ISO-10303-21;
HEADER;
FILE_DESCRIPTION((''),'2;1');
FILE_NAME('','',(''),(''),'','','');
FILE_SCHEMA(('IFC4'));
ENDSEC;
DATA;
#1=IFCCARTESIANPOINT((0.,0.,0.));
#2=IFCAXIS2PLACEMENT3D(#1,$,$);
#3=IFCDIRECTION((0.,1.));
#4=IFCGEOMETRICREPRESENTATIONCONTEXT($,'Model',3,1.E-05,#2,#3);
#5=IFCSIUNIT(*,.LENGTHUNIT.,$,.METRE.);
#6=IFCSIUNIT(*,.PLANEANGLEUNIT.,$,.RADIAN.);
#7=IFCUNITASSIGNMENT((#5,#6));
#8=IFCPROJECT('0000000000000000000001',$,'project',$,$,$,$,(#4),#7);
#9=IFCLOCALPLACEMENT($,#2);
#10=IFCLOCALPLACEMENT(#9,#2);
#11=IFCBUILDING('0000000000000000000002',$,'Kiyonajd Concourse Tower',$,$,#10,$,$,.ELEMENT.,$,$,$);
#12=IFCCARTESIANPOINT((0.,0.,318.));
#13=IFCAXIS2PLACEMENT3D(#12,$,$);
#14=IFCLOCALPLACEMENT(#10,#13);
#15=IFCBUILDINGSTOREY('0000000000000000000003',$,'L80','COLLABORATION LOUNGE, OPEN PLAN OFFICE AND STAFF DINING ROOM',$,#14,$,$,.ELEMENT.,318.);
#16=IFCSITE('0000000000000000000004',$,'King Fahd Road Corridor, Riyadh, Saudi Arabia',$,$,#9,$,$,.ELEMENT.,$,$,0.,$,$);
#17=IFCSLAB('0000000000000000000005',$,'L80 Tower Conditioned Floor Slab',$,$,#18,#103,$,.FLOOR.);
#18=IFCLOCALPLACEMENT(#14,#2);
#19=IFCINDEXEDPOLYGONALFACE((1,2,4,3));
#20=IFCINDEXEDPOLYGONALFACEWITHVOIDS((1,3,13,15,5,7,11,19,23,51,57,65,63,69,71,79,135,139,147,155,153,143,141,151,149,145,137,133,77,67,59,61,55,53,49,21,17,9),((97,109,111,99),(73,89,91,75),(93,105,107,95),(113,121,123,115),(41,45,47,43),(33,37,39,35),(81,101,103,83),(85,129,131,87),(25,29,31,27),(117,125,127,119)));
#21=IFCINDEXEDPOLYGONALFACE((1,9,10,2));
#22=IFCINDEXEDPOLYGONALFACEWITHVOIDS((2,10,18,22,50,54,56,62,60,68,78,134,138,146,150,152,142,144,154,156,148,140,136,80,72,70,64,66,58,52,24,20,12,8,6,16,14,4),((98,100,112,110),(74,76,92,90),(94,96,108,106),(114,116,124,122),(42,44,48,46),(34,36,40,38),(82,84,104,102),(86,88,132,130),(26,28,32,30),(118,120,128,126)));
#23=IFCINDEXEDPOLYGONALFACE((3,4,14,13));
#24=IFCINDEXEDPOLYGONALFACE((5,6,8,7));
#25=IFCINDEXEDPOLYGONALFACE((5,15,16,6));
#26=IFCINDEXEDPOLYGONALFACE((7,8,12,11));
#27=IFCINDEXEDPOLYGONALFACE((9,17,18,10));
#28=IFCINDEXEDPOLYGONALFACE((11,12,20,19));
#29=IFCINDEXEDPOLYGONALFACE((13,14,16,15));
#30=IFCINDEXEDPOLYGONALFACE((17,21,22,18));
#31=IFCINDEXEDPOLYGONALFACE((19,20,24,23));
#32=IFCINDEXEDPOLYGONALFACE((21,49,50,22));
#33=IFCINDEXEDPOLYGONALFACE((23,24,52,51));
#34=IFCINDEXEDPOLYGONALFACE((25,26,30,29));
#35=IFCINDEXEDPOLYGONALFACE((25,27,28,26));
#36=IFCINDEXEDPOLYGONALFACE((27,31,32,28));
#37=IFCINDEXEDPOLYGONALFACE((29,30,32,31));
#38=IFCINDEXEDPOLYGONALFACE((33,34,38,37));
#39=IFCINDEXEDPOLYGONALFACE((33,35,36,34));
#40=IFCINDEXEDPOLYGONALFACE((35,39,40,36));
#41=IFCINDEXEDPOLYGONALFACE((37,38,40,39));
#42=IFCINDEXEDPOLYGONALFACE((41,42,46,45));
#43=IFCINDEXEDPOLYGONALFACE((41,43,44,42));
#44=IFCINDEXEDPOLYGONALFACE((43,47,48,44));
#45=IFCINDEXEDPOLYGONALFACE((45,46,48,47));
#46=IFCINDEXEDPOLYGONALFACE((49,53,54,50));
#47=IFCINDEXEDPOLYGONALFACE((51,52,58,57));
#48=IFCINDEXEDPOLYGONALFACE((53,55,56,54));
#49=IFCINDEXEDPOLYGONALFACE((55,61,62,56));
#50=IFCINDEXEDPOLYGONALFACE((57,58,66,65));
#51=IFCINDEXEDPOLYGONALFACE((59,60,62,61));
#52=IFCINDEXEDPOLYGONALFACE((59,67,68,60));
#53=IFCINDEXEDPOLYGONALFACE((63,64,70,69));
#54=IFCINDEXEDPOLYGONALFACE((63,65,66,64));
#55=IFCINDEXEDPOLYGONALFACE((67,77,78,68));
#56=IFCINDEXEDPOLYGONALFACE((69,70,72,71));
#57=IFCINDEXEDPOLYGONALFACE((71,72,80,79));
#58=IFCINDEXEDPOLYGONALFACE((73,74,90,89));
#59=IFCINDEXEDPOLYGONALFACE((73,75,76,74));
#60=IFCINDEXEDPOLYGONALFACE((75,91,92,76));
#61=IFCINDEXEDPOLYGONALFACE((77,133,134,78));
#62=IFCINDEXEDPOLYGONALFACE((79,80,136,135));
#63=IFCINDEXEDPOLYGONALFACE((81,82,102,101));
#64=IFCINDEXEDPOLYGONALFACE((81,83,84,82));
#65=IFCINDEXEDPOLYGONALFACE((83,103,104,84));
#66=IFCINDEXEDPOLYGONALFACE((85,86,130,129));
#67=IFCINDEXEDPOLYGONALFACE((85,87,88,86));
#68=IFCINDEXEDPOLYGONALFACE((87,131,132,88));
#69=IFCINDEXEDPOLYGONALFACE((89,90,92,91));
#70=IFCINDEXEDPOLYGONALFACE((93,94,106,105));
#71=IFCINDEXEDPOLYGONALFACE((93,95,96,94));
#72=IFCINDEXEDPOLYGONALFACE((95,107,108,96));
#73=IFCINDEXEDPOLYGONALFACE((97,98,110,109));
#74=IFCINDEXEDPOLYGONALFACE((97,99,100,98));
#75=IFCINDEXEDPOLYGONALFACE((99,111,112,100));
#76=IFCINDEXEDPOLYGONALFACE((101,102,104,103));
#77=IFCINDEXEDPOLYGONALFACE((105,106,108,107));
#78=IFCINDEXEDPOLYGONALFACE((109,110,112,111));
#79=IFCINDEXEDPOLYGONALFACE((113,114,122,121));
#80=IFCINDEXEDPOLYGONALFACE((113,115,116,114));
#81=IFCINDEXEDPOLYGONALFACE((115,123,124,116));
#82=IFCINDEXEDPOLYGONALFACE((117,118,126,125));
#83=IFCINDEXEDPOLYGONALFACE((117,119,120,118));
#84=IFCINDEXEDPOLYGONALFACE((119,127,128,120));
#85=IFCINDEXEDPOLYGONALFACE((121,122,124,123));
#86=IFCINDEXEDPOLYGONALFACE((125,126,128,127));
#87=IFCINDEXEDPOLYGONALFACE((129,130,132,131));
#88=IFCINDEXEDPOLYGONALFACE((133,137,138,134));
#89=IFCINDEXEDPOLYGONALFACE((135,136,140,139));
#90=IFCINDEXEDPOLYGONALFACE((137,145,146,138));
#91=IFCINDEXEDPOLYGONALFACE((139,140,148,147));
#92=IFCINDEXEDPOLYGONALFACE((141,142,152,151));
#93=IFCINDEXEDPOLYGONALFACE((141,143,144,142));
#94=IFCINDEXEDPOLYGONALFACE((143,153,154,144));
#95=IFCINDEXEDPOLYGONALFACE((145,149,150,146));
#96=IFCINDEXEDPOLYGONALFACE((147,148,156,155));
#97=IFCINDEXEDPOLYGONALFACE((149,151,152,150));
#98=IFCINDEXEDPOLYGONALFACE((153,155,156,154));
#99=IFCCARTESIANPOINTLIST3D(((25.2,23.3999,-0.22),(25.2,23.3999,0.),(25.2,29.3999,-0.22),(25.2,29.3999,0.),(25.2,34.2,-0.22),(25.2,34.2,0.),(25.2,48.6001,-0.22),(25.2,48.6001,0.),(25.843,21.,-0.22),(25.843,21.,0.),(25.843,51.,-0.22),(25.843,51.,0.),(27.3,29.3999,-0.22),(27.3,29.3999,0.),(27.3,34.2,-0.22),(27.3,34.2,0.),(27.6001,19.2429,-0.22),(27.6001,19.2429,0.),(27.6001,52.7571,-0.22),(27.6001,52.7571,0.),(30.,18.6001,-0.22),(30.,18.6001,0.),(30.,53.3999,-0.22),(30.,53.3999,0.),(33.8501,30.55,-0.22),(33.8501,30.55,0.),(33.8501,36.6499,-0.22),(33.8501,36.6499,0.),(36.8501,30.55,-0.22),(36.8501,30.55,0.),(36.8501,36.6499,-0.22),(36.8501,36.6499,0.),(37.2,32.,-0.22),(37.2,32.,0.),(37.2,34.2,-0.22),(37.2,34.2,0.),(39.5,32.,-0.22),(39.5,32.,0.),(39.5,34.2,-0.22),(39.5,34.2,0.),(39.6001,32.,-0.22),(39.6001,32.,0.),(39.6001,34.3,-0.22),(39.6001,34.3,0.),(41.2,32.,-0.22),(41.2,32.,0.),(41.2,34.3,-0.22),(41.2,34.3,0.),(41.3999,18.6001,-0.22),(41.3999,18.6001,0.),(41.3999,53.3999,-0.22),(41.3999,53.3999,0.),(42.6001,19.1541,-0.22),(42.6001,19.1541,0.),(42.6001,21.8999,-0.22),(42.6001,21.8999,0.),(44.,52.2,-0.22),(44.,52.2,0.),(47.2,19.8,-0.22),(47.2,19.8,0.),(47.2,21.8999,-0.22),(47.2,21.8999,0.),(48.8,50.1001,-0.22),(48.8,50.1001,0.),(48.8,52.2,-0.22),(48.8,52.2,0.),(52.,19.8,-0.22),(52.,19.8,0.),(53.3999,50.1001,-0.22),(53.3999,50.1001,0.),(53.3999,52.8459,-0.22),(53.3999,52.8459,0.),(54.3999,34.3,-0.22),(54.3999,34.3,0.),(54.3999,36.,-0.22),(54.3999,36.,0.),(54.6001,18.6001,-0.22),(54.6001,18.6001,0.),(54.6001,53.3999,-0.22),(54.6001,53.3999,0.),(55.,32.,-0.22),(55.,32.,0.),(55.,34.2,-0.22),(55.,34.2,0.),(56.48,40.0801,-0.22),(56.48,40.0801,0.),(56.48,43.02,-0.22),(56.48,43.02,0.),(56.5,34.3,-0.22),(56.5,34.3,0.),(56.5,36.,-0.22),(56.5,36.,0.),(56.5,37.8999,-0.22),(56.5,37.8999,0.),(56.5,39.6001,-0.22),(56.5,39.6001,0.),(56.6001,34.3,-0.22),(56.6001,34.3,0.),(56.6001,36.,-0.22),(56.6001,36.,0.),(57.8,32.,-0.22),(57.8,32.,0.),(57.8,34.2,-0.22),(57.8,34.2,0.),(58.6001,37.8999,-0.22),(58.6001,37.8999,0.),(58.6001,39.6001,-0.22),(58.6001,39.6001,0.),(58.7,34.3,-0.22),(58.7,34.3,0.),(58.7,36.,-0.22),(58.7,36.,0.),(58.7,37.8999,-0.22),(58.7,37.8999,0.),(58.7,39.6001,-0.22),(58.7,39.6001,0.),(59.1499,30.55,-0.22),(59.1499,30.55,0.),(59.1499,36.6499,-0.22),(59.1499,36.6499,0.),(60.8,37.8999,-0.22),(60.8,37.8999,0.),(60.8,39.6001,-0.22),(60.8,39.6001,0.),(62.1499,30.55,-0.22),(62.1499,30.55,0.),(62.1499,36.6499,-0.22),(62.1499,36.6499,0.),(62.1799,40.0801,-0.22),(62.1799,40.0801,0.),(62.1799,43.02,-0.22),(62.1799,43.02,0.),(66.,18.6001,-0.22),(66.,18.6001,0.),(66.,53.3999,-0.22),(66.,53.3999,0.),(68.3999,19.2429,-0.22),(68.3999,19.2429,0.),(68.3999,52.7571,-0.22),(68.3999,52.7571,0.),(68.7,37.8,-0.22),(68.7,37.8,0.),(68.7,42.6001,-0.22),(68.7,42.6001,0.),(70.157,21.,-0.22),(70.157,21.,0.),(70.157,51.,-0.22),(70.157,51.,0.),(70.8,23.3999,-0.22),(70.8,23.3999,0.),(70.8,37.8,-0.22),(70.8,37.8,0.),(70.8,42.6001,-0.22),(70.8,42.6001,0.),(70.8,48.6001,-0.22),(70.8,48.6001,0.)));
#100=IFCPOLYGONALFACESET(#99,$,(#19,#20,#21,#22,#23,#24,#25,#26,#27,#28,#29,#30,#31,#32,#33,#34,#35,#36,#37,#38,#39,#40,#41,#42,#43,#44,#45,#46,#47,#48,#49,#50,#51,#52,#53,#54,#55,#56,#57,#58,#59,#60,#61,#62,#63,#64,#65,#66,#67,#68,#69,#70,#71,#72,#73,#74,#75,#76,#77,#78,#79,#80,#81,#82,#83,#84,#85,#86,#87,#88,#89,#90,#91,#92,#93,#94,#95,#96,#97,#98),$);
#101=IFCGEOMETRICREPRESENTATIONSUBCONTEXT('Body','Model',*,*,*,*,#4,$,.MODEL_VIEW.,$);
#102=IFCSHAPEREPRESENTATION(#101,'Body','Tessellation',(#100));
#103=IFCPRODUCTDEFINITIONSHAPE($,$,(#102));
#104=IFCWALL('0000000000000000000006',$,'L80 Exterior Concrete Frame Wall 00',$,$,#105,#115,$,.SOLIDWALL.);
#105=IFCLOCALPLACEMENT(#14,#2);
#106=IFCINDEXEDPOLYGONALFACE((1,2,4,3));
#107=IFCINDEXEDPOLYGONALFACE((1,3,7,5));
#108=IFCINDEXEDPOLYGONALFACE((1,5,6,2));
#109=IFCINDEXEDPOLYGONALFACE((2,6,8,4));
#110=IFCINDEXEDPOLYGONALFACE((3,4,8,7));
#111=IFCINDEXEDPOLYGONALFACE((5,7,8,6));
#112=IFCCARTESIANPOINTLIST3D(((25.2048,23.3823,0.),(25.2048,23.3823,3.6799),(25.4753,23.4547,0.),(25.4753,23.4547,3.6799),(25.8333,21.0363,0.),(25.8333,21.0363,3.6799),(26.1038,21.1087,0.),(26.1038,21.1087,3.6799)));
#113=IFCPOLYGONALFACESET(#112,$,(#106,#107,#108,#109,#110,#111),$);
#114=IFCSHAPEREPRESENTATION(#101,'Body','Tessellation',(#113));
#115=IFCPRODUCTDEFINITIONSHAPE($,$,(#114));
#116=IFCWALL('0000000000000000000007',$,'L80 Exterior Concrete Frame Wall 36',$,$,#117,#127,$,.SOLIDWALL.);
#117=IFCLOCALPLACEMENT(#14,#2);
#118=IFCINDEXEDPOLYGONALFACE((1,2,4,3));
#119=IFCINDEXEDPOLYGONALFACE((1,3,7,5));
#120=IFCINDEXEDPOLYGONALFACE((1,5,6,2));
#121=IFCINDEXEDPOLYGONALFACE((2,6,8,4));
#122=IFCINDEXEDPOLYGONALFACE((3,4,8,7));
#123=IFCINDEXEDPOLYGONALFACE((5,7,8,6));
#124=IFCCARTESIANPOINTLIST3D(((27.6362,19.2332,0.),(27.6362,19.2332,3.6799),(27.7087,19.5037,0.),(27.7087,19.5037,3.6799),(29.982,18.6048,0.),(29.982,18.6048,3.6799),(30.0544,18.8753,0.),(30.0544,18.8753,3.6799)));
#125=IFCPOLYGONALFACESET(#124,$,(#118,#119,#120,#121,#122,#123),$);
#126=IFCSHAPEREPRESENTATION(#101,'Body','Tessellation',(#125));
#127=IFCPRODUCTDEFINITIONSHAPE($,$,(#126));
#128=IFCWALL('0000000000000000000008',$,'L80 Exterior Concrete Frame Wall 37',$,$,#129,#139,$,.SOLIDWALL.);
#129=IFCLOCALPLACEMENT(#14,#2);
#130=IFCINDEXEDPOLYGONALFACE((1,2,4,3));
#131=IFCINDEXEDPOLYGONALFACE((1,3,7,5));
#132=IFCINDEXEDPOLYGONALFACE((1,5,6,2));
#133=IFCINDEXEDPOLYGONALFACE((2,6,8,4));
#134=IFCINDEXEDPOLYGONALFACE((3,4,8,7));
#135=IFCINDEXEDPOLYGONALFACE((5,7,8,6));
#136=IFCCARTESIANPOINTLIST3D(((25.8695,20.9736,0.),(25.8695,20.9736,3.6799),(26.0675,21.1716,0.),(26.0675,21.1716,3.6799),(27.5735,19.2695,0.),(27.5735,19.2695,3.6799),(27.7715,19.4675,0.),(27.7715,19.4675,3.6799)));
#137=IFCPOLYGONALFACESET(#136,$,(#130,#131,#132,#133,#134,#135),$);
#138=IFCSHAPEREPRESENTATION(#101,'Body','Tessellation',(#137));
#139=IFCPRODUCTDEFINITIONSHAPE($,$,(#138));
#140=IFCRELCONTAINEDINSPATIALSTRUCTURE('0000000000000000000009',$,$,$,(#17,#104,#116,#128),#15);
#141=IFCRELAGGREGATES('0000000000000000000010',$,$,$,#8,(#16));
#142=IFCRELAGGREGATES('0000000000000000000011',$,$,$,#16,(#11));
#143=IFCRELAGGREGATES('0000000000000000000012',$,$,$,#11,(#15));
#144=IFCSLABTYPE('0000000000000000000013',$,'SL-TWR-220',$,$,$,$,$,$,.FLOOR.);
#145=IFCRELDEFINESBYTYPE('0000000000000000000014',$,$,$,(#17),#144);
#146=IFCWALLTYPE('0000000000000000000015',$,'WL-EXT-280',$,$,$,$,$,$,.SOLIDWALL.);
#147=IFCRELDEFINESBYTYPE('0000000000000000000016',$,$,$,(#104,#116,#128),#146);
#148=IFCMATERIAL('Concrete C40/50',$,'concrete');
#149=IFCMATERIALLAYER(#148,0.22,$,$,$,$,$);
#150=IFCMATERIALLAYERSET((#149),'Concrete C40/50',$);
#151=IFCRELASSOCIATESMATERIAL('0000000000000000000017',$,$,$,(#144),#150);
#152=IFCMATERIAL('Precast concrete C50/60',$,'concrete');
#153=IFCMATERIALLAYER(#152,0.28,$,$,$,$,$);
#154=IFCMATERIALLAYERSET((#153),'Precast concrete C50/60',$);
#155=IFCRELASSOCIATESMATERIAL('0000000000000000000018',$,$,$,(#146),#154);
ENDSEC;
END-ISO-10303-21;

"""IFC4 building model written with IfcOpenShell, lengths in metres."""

from ifc_helpers import new_model, si_unit, direction, frame, frame_2d, origin, place, context, subcontext, project, spatial, polyline, rectangle, outline, extrude, material, layer, layer_set, type_object, element, save


model = new_model("IFC4")

# Units and contexts
model_context = context("Model", 3, precision=1e-05, world=origin(), true_north=direction((0.0, 1.0)))
body_context = subcontext(model_context, "Body", "Model", "MODEL_VIEW")
ifc_project = project(units=[si_unit("LENGTHUNIT", "METRE"), si_unit("PLANEANGLEUNIT", "RADIAN")], contexts=[model_context])

# Site, building, storey
site_placement = place(None, origin())
site = spatial("IfcSite", under=ifc_project, at=site_placement, Name="King Fahd Road Corridor, Riyadh, Saudi Arabia", CompositionType="ELEMENT", RefElevation=0.0)
building_placement = place(site_placement, origin())
building = spatial("IfcBuilding", under=site, at=building_placement, Name="Kiyonajd Concourse Tower", CompositionType="ELEMENT")
storey_placement = place(building_placement, frame((0.0, 0.0, 318.0)))
storey = spatial("IfcBuildingStorey", under=building, at=storey_placement, Name="L80", Description="COLLABORATION LOUNGE, OPEN PLAN OFFICE AND STAFF DINING ROOM", CompositionType="ELEMENT", Elevation=318.0)

# Shared definitions
ifc_material_1 = material(Name="Concrete C40/50", Category="concrete")

# Slab
ifc_material_2 = material(Name="Precast concrete C50/60", Category="concrete")
ifc_layer_1 = layer(ifc_material_1, 0.22)
ifc_layer_set_1 = layer_set([ifc_layer_1], Name="Concrete C40/50")
slab_type_1 = type_object("IfcSlabType", Name="SL-TWR-220", PredefinedType="FLOOR", material=ifc_layer_set_1)
slab_1_placement = place(storey_placement, frame((0.0, 0.0, -0.22)))
element("IfcSlab", 1, at=slab_1_placement, inside=storey, type_object=slab_type_1, Name="L80 Tower Conditioned Floor Slab", PredefinedType="FLOOR", context=body_context, shape_type="SweptSolid", body=[
    extrude(outline(polyline([(25.843, 21.0), (25.2, 23.3999), (25.2, 29.3999), (27.3, 29.3999), (27.3, 34.2), (25.2, 34.2), (25.2, 48.6001), (25.843, 51.0), (27.6001, 52.7571), (30.0, 53.3999), (41.3999, 53.3999), (44.0, 52.2), (48.8, 52.2), (48.8, 50.1001), (53.3999, 50.1001), (53.3999, 52.8459), (54.6001, 53.3999), (66.0, 53.3999), (68.3999, 52.7571), (70.157, 51.0), (70.8, 48.6001), (70.8, 42.6001), (68.7, 42.6001), (68.7, 37.8), (70.8, 37.8), (70.8, 23.3999), (70.157, 21.0), (68.3999, 19.2429), (66.0, 18.6001), (54.6001, 18.6001), (52.0, 19.8), (47.2, 19.8), (47.2, 21.8999), (42.6001, 21.8999), (42.6001, 19.1541), (41.3999, 18.6001), (30.0, 18.6001), (27.6001, 19.2429), (25.843, 21.0)]), holes=[polyline([(39.5, 32.0), (37.2, 32.0), (37.2, 34.2), (39.5, 34.2), (39.5, 32.0)]), polyline([(57.8, 32.0), (55.0, 32.0), (55.0, 34.2), (57.8, 34.2), (57.8, 32.0)]), polyline([(41.2, 32.0), (39.6001, 32.0), (39.6001, 34.3), (41.2, 34.3), (41.2, 32.0)]), polyline([(33.8501, 30.55), (33.8501, 36.6499), (36.8501, 36.6499), (36.8501, 30.55), (33.8501, 30.55)]), polyline([(59.1499, 30.55), (59.1499, 36.6499), (62.1499, 36.6499), (62.1499, 30.55), (59.1499, 30.55)]), polyline([(56.5, 34.3), (54.3999, 34.3), (54.3999, 36.0), (56.5, 36.0), (56.5, 34.3)]), polyline([(58.7, 34.3), (56.6001, 34.3), (56.6001, 36.0), (58.7, 36.0), (58.7, 34.3)]), polyline([(58.6001, 37.8999), (56.5, 37.8999), (56.5, 39.6001), (58.6001, 39.6001), (58.6001, 37.8999)]), polyline([(58.7, 37.8999), (58.7, 39.6001), (60.8, 39.6001), (60.8, 37.8999), (58.7, 37.8999)]), polyline([(56.48, 43.02), (62.1799, 43.02), (62.1799, 40.0801), (56.48, 40.0801), (56.48, 43.02)])]), origin(), (0.0, 0.0, 1.0), 0.22),
])

# Walls
ifc_layer_2 = layer(ifc_material_2, 0.28)
ifc_layer_set_2 = layer_set([ifc_layer_2], Name="Precast concrete C50/60")
wall_type = type_object("IfcWallType", Name="WL-EXT-280", PredefinedType="SOLIDWALL", material=ifc_layer_set_2)
wall_1_placement = place(storey_placement, frame((25.9685, 21.0725, 0.0), z_axis=(0.0, 0.0, 1.0), x_axis=(-0.258751, 0.965944, 0.0)))
element("IfcWall", 2, at=wall_1_placement, inside=storey, type_object=wall_type, Name="L80 Exterior Concrete Frame Wall 00", PredefinedType="SOLIDWALL", context=body_context, shape_type="SweptSolid", body=[
    extrude(rectangle(XDim=2.4287, YDim=0.28, at=frame_2d((1.2144, 0.0))), origin(), (0.0, 0.0, 1.0), 3.6799),
])
wall_2_placement = place(storey_placement, frame((30.0183, 18.74, 0.0), z_axis=(0.0, 0.0, 1.0), x_axis=(-0.965937, 0.258776, 0.0)))
element("IfcWall", 3, at=wall_2_placement, inside=storey, type_object=wall_type, Name="L80 Exterior Concrete Frame Wall 36", PredefinedType="SOLIDWALL", context=body_context, shape_type="SweptSolid", body=[
    extrude(rectangle(XDim=2.4285, YDim=0.28, at=frame_2d((1.2144, 0.0))), origin(), (0.0, 0.0, 1.0), 3.6799),
])
wall_3_placement = place(storey_placement, frame((27.6726, 19.3684, 0.0), z_axis=(0.0, 0.0, 1.0), x_axis=(-0.707107, 0.707107, 0.0)))
element("IfcWall", 4, at=wall_3_placement, inside=storey, type_object=wall_type, Name="L80 Exterior Concrete Frame Wall 37", PredefinedType="SOLIDWALL", context=body_context, shape_type="SweptSolid", body=[
    extrude(rectangle(XDim=2.4099, YDim=0.28, at=frame_2d((1.2051, 0.0))), origin(), (0.0, 0.0, 1.0), 3.6799),
])

save(model, "model.ifc")
